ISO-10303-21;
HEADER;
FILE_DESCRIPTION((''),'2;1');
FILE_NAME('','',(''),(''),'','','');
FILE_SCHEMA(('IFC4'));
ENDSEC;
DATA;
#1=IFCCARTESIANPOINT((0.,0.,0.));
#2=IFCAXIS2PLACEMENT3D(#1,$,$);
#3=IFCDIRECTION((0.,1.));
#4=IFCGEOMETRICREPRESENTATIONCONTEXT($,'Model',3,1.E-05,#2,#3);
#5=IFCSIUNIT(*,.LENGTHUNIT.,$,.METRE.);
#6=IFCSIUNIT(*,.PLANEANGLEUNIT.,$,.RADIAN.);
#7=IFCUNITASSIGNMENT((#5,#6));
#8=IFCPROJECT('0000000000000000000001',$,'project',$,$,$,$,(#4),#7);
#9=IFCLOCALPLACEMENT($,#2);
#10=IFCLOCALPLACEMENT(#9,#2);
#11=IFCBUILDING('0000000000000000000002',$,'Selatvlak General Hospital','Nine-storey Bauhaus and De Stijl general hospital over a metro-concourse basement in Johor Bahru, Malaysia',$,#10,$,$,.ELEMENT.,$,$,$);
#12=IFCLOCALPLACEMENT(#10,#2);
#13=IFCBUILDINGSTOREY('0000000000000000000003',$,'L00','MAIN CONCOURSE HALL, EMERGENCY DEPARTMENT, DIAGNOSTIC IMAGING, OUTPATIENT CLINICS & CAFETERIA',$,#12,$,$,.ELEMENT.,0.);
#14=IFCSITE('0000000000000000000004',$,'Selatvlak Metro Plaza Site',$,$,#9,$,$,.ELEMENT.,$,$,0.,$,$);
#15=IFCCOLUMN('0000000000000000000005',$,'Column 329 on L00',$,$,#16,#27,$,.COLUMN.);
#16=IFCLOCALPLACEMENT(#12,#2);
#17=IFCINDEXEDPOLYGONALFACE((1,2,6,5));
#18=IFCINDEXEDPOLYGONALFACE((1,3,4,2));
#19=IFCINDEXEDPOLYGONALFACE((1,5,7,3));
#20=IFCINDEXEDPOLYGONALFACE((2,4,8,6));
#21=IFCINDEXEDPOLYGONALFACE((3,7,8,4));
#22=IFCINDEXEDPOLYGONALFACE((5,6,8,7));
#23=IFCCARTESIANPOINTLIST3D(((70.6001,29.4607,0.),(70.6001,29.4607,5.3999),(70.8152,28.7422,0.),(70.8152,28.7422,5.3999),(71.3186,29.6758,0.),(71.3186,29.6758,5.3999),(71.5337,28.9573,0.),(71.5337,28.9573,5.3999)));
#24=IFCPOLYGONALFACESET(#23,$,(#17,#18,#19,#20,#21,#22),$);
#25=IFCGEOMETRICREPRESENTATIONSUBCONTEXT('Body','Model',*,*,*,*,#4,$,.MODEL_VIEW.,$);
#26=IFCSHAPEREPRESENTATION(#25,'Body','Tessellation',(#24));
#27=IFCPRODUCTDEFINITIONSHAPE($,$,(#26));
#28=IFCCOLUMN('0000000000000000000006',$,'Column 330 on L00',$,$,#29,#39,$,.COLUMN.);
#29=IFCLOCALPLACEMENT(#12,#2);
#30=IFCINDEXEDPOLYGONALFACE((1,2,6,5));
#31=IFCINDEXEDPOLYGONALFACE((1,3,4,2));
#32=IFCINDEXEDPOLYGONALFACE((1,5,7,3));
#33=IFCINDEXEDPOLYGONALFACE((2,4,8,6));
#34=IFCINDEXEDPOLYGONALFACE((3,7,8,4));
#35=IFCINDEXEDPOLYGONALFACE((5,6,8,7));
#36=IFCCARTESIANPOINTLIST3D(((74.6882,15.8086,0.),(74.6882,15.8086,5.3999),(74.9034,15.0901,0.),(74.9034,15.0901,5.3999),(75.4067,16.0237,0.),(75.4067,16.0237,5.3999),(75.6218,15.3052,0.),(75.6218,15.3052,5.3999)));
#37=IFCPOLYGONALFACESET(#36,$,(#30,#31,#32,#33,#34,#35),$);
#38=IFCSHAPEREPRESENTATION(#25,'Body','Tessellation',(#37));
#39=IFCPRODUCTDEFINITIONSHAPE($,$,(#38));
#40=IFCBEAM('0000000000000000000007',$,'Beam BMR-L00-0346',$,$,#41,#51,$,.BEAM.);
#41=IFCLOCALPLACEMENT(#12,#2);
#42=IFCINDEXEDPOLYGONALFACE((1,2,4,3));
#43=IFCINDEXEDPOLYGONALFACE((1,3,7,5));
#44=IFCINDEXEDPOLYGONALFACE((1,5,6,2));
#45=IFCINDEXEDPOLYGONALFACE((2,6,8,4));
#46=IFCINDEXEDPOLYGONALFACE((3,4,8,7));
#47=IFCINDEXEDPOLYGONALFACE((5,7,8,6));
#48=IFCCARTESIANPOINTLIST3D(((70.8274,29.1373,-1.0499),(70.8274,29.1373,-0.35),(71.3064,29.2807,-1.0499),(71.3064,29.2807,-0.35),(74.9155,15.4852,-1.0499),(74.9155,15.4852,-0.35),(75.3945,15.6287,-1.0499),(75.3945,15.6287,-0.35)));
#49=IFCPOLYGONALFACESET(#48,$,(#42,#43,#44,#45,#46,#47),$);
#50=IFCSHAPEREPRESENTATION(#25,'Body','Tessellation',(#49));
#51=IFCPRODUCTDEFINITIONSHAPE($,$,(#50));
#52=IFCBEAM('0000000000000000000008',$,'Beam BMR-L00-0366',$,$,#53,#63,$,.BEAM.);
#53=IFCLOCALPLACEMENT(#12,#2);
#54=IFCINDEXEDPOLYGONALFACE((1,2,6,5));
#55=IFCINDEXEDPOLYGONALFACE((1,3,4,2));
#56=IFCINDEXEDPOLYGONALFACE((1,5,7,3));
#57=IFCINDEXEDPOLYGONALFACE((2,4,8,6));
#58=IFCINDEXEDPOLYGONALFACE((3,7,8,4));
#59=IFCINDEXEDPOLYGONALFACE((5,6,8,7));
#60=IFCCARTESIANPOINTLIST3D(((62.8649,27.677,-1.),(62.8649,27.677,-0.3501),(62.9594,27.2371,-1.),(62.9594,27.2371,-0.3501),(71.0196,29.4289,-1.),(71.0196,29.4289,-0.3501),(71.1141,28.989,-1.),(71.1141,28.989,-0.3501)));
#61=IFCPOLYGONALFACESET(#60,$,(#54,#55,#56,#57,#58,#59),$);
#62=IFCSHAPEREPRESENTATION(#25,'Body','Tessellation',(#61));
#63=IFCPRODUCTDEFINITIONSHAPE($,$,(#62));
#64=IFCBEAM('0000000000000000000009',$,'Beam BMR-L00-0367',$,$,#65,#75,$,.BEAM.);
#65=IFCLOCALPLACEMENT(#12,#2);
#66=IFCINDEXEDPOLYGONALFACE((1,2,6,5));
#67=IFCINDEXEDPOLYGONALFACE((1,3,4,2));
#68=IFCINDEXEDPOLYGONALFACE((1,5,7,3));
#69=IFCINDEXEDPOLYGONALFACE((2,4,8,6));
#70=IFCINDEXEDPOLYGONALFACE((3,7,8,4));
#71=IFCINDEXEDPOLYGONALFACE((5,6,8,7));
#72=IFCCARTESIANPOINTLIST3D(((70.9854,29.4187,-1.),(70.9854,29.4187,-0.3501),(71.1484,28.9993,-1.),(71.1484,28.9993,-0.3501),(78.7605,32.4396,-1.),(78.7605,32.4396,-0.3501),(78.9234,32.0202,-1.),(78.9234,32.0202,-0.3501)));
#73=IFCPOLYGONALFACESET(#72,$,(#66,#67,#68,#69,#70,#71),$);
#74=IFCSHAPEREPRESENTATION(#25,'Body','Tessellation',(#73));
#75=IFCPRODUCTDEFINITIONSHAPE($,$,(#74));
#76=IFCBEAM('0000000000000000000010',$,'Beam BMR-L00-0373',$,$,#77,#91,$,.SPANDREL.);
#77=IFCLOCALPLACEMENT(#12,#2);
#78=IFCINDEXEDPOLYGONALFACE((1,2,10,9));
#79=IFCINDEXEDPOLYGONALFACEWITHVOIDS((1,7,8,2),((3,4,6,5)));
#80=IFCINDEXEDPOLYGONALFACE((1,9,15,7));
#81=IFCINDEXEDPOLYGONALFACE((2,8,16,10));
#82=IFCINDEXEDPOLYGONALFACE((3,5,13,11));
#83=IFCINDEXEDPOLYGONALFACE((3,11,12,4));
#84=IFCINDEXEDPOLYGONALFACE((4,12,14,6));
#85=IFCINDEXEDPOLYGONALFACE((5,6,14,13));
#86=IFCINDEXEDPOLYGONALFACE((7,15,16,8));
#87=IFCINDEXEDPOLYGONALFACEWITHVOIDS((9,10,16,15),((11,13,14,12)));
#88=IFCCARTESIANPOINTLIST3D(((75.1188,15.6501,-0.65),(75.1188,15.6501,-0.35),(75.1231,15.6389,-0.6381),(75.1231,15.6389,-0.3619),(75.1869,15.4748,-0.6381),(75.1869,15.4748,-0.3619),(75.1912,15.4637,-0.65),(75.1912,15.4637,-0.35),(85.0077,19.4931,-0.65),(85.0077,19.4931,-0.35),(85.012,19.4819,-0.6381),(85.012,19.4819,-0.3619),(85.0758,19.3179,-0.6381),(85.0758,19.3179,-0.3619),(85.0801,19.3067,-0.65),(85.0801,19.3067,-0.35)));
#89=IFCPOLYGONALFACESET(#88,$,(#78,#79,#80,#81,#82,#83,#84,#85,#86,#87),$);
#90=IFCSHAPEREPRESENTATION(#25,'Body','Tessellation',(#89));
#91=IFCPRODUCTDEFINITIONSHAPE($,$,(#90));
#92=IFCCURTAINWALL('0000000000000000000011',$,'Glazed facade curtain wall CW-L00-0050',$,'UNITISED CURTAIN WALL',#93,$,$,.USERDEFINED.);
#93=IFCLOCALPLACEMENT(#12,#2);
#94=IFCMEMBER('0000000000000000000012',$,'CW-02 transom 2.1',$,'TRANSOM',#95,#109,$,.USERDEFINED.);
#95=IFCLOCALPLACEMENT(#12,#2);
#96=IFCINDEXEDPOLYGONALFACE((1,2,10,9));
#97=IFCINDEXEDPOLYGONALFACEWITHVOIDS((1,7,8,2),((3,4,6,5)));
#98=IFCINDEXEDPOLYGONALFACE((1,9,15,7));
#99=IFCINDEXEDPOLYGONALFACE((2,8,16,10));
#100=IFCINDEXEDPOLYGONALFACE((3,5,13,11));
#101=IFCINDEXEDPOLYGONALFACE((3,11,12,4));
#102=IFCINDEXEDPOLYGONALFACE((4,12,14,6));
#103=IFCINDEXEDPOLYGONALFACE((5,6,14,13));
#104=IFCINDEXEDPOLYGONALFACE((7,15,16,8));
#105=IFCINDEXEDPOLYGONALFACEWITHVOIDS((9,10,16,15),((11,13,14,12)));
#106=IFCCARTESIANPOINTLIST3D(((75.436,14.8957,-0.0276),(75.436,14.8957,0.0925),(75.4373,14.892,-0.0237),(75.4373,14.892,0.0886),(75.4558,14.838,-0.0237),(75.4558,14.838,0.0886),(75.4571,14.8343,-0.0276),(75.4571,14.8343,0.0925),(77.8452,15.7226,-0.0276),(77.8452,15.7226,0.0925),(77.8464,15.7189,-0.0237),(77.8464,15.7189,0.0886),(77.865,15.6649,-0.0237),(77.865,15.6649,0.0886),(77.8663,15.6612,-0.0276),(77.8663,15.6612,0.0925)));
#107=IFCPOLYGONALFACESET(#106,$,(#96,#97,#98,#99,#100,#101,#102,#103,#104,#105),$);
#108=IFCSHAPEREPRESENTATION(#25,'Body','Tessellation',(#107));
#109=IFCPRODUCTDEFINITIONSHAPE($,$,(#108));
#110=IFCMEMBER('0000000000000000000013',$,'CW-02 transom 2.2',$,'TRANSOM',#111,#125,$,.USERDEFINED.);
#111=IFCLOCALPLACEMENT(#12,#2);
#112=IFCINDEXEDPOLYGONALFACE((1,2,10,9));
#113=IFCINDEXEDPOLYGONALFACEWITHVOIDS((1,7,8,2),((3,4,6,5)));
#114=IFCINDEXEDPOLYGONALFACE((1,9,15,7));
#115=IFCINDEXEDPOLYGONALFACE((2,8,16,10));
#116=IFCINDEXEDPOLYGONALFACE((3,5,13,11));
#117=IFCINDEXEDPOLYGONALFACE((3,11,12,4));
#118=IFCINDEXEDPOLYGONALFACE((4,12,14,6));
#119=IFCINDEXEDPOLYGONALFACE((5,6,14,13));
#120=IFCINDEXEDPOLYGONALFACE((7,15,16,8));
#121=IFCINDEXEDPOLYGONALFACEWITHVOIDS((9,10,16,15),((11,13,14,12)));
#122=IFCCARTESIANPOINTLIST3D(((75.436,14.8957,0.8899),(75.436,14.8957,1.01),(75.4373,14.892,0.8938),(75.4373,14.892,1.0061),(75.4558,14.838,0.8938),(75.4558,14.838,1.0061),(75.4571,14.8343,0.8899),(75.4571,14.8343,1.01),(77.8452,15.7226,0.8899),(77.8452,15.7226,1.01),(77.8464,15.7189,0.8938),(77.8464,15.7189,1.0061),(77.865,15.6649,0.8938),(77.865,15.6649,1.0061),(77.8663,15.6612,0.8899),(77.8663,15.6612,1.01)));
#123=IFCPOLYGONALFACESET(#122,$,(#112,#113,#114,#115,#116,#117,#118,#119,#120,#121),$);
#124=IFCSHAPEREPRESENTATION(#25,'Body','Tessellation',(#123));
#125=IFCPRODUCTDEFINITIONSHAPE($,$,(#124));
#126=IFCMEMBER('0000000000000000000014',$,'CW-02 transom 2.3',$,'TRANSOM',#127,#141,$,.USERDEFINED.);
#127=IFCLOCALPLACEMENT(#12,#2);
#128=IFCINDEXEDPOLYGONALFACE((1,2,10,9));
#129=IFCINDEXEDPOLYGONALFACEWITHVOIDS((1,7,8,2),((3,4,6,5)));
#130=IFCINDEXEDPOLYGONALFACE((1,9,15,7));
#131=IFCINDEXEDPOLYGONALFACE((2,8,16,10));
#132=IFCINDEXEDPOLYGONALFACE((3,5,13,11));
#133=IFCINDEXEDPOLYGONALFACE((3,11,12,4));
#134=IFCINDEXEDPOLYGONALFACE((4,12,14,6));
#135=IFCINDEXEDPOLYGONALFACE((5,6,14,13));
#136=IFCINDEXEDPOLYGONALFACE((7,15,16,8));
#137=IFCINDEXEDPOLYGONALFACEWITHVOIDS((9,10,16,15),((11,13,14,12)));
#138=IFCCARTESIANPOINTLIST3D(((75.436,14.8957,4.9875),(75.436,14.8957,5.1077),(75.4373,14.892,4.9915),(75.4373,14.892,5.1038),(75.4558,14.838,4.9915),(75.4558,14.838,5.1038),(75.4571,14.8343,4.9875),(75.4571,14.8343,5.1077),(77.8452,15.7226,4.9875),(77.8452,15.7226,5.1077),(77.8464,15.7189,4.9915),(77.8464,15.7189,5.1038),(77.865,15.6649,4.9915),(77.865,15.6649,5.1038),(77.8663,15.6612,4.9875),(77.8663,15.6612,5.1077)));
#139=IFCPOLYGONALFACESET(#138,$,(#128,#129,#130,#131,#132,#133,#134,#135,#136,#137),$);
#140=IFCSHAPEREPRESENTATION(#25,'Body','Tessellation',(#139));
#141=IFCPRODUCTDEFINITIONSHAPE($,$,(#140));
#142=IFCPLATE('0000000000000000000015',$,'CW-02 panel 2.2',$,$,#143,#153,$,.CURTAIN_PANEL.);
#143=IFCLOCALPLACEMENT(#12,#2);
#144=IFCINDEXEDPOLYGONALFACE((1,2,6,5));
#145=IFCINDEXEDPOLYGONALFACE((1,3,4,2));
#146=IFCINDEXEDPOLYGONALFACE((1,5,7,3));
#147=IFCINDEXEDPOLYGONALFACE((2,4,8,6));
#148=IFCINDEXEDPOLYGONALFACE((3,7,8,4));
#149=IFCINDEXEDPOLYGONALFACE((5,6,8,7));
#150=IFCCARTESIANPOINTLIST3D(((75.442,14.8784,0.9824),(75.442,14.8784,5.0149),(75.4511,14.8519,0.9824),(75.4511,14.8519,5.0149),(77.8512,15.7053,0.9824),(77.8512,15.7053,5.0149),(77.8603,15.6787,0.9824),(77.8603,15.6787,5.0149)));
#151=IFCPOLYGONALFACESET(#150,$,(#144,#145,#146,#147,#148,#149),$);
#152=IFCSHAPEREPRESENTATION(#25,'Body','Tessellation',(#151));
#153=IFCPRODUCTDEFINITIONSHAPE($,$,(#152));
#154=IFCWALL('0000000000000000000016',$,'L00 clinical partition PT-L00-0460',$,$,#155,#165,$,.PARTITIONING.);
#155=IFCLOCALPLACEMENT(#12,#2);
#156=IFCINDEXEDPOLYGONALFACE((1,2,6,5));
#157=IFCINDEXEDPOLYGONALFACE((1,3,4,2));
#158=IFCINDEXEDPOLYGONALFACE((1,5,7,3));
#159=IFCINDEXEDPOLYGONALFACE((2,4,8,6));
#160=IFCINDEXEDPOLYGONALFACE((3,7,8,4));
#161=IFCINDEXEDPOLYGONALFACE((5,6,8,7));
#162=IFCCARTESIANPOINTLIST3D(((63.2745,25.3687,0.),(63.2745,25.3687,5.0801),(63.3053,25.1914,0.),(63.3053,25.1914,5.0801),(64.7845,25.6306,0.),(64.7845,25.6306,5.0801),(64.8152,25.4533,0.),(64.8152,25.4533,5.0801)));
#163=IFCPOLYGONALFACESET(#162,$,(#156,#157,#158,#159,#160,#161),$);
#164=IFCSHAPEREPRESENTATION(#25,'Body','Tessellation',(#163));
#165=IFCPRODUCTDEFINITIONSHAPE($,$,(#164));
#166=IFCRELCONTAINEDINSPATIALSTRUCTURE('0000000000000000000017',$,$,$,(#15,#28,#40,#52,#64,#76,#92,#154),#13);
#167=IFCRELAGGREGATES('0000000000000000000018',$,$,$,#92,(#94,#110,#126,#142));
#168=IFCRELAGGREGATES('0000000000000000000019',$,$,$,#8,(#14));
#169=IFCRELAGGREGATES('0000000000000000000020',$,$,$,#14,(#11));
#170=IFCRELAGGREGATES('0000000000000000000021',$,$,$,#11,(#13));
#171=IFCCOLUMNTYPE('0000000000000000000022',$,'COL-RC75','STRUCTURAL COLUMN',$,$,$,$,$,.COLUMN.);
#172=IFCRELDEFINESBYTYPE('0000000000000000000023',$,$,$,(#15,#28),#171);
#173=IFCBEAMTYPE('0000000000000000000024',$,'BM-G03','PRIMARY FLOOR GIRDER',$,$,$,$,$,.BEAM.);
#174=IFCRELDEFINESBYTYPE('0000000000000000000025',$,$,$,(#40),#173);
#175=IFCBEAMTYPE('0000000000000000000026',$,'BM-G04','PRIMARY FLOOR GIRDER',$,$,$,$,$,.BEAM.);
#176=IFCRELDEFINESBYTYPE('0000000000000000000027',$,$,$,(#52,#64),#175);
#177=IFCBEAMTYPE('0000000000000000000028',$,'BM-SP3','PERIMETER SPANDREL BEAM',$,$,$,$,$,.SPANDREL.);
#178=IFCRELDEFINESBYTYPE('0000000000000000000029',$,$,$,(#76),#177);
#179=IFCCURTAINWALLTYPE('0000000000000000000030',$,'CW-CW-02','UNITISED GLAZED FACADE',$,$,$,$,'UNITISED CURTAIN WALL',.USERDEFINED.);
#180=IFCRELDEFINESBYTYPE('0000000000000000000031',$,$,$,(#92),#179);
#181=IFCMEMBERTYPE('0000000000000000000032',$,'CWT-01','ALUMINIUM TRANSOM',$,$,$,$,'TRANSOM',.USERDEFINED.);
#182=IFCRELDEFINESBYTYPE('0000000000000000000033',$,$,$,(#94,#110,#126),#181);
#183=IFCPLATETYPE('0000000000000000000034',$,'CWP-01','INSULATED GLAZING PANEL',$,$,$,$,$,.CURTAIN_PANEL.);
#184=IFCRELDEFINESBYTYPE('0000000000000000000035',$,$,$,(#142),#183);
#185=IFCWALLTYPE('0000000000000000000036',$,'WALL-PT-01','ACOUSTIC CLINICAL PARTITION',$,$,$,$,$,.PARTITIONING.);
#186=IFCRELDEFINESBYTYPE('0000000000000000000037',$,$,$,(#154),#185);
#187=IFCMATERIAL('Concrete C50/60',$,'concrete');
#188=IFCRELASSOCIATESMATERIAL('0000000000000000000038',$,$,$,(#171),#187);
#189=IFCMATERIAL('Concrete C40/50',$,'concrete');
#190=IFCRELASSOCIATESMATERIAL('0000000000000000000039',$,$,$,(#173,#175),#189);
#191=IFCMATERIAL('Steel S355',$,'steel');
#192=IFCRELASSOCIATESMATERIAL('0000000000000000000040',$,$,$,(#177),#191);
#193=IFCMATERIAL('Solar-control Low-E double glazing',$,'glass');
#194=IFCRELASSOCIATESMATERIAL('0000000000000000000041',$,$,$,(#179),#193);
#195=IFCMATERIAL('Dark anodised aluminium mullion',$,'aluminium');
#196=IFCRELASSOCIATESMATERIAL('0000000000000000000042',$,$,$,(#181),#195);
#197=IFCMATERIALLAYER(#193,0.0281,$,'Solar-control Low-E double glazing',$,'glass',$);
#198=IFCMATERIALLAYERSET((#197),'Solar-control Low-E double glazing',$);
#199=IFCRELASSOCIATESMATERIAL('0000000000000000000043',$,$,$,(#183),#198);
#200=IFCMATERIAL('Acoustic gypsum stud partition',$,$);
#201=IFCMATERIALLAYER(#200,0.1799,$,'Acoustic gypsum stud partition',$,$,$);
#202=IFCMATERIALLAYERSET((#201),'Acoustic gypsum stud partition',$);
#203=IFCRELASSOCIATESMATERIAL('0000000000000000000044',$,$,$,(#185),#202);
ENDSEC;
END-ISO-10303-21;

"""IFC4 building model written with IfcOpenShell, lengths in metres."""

from ifc_helpers import new_model, si_unit, direction, frame, frame_2d, origin, origin_2d, place, context, subcontext, project, spatial, rectangle, hollow_rectangle, extrude, material, layer, layer_set, material_profile, profile_set, type_object, element, aggregate, save


model = new_model("IFC4")

# Units and contexts
model_context = context("Model", 3, precision=1e-05, world=origin(), true_north=direction((0.0, 1.0)))
body_context = subcontext(model_context, "Body", "Model", "MODEL_VIEW")
ifc_project = project(units=[si_unit("LENGTHUNIT", "METRE"), si_unit("PLANEANGLEUNIT", "RADIAN")], contexts=[model_context])

# Site, building, storey
site_placement = place(None, origin())
site = spatial("IfcSite", under=ifc_project, at=site_placement, Name="Selatvlak Metro Plaza Site", CompositionType="ELEMENT", RefElevation=0.0)
building_placement = place(site_placement, origin())
building = spatial("IfcBuilding", under=site, at=building_placement, Name="Selatvlak General Hospital", Description="Nine-storey Bauhaus and De Stijl general hospital over a metro-concourse basement in Johor Bahru, Malaysia", CompositionType="ELEMENT")
storey_placement = place(building_placement, origin())
storey = spatial("IfcBuildingStorey", under=building, at=storey_placement, Name="L00", Description="MAIN CONCOURSE HALL, EMERGENCY DEPARTMENT, DIAGNOSTIC IMAGING, OUTPATIENT CLINICS & CAFETERIA", CompositionType="ELEMENT", Elevation=0.0)

# Columns
ifc_material_1 = material(Name="Concrete C50/60", Category="concrete")
ifc_material_profile_1 = material_profile(ifc_material_1, rectangle(XDim=0.75, YDim=0.75, at=origin_2d()), Name="RC-COL 750x750")
ifc_profile_set_1 = profile_set([ifc_material_profile_1], Name="Concrete C50/60")
column_type = type_object("IfcColumnType", Name="COL-RC75", Description="STRUCTURAL COLUMN", PredefinedType="COLUMN", material=ifc_profile_set_1)
for number, where, z_axis, x_axis, name in (
    (1, (71.0669, 29.209, 0.0), (0.0, 0.0, 1.0), (-0.286859, 0.957973, 0.0), "Column 329 on L00"),
    (2, (75.155, 15.5569, 0.0), (0.0, 0.0, 1.0), (-0.286859, 0.957973, 0.0), "Column 330 on L00"),
):
    element("IfcColumn", number, at=place(storey_placement, frame(where, z_axis=z_axis, x_axis=x_axis)), inside=storey, type_object=column_type, Name=name, PredefinedType="COLUMN", context=body_context, shape_type="SweptSolid", body=[
        extrude(rectangle(XDim=0.75, YDim=0.75, at=origin_2d()), origin(), (0.0, 0.0, 1.0), 5.3999),
    ])

# Beams
ifc_material_2 = material(Name="Concrete C40/50", Category="concrete")
ifc_material_profile_2 = material_profile(ifc_material_2, rectangle(XDim=0.5, YDim=0.7, at=origin_2d()), Name="RC-BM 500x700")
ifc_profile_set_2 = profile_set([ifc_material_profile_2], Name="Concrete C40/50")
beam_type_1 = type_object("IfcBeamType", Name="BM-G03", Description="PRIMARY FLOOR GIRDER", PredefinedType="BEAM", material=ifc_profile_set_2)
beam_1_placement = place(storey_placement, frame((71.0669, 29.209, -0.7), z_axis=(0.286865, -0.957971, 0.0), x_axis=(0.957971, 0.286865, 0.0)))
element("IfcBeam", 3, at=beam_1_placement, inside=storey, type_object=beam_type_1, Name="Beam BMR-L00-0346", PredefinedType="BEAM", context=body_context, shape_type="SweptSolid", body=[
    extrude(rectangle(XDim=0.5, YDim=0.7, at=origin_2d()), origin(), (0.0, 0.0, 1.0), 14.251),
])
ifc_material_profile_3 = material_profile(ifc_material_2, rectangle(XDim=0.45, YDim=0.6499, at=origin_2d()), Name="RC-BM 450x650")
ifc_profile_set_3 = profile_set([ifc_material_profile_3], Name="Concrete C40/50")
beam_type_2 = type_object("IfcBeamType", Name="BM-G04", Description="PRIMARY FLOOR GIRDER", PredefinedType="BEAM", material=ifc_profile_set_3)
beam_2_placement = place(storey_placement, frame((62.9121, 27.457, -0.675), z_axis=(0.977692, 0.210045, 0.0), x_axis=(-0.210045, 0.977692, 0.0)))
element("IfcBeam", 4, at=beam_2_placement, inside=storey, type_object=beam_type_2, Name="Beam BMR-L00-0366", PredefinedType="BEAM", context=body_context, shape_type="SweptSolid", body=[
    extrude(rectangle(XDim=0.45, YDim=0.6499, at=origin_2d()), origin(), (0.0, 0.0, 1.0), 8.3408),
])
beam_3_placement = place(storey_placement, frame((71.0669, 29.209, -0.675), z_axis=(0.932113, 0.362168, 0.0), x_axis=(-0.362168, 0.932113, 0.0)))
element("IfcBeam", 5, at=beam_3_placement, inside=storey, type_object=beam_type_2, Name="Beam BMR-L00-0367", PredefinedType="BEAM", context=body_context, shape_type="SweptSolid", body=[
    extrude(rectangle(XDim=0.45, YDim=0.6499, at=origin_2d()), origin(), (0.0, 0.0, 1.0), 8.3413),
])
ifc_material_3 = material(Name="Steel S355", Category="steel")
ifc_material_profile_4 = material_profile(ifc_material_3, hollow_rectangle(XDim=0.2, YDim=0.3, WallThickness=0.012, at=origin_2d()), Name="RHS 300x200x12")
ifc_profile_set_4 = profile_set([ifc_material_profile_4], Name="Steel S355")
beam_type_3 = type_object("IfcBeamType", Name="BM-SP3", Description="PERIMETER SPANDREL BEAM", PredefinedType="SPANDREL", material=ifc_profile_set_4)
beam_4_placement = place(storey_placement, frame((75.155, 15.5569, -0.5), z_axis=(0.93209, 0.362227, 0.0), x_axis=(-0.362227, 0.93209, 0.0)))
element("IfcBeam", 6, at=beam_4_placement, inside=storey, type_object=beam_type_3, Name="Beam BMR-L00-0373", PredefinedType="SPANDREL", context=body_context, shape_type="SweptSolid", body=[
    extrude(hollow_rectangle(XDim=0.2, YDim=0.3, WallThickness=0.012, at=origin_2d()), origin(), (0.0, 0.0, 1.0), 10.6094),
])

# Curtain wall, members, plate
ifc_material_4 = material(Name="Solar-control Low-E double glazing", Category="glass")
curtain_wall_type = type_object("IfcCurtainWallType", Name="CW-CW-02", Description="UNITISED GLAZED FACADE", ElementType="UNITISED CURTAIN WALL", PredefinedType="USERDEFINED", material=ifc_material_4)
curtain_wall_placement = place(storey_placement, origin())
curtain_wall = element("IfcCurtainWall", 7, at=curtain_wall_placement, inside=storey, type_object=curtain_wall_type, Name="Glazed facade curtain wall CW-L00-0050", ObjectType="UNITISED CURTAIN WALL", PredefinedType="USERDEFINED")
ifc_material_5 = material(Name="Dark anodised aluminium mullion", Category="aluminium")
ifc_material_profile_5 = material_profile(ifc_material_5, hollow_rectangle(XDim=0.0649, YDim=0.1201, WallThickness=0.0039, at=origin_2d()), Name="AL-TRN 65x120x4")
ifc_profile_set_5 = profile_set([ifc_material_profile_5], Name="Dark anodised aluminium mullion")
member_type = type_object("IfcMemberType", Name="CWT-01", Description="ALUMINIUM TRANSOM", ElementType="TRANSOM", PredefinedType="USERDEFINED", material=ifc_profile_set_5)
member_1_placement = place(storey_placement, frame((77.8557, 15.6919, 0.0325), z_axis=(-0.945838, -0.32464, 0.0), x_axis=(0.32464, -0.945838, 0.0)))
member_1 = element("IfcMember", 8, at=member_1_placement, type_object=member_type, Name="CW-02 transom 2.1", ObjectType="TRANSOM", PredefinedType="USERDEFINED", context=body_context, shape_type="SweptSolid", body=[
    extrude(hollow_rectangle(XDim=0.0649, YDim=0.1201, WallThickness=0.0039, at=origin_2d()), origin(), (0.0, 0.0, 1.0), 2.5471),
])
member_2_placement = place(storey_placement, frame((77.8557, 15.6919, 0.95), z_axis=(-0.945838, -0.32464, 0.0), x_axis=(0.32464, -0.945838, 0.0)))
member_2 = element("IfcMember", 9, at=member_2_placement, type_object=member_type, Name="CW-02 transom 2.2", ObjectType="TRANSOM", PredefinedType="USERDEFINED", context=body_context, shape_type="SweptSolid", body=[
    extrude(hollow_rectangle(XDim=0.0649, YDim=0.1201, WallThickness=0.0039, at=origin_2d()), origin(), (0.0, 0.0, 1.0), 2.5471),
])
member_3_placement = place(storey_placement, frame((77.8557, 15.6919, 5.0476), z_axis=(-0.945838, -0.32464, 0.0), x_axis=(0.32464, -0.945838, 0.0)))
member_3 = element("IfcMember", 10, at=member_3_placement, type_object=member_type, Name="CW-02 transom 2.3", ObjectType="TRANSOM", PredefinedType="USERDEFINED", context=body_context, shape_type="SweptSolid", body=[
    extrude(hollow_rectangle(XDim=0.0649, YDim=0.1201, WallThickness=0.0039, at=origin_2d()), origin(), (0.0, 0.0, 1.0), 2.5471),
])
ifc_layer_1 = layer(ifc_material_4, 0.0281, Name="Solar-control Low-E double glazing", Category="glass")
ifc_layer_set_1 = layer_set([ifc_layer_1], Name="Solar-control Low-E double glazing")
plate_type = type_object("IfcPlateType", Name="CWP-01", Description="INSULATED GLAZING PANEL", PredefinedType="CURTAIN_PANEL", material=ifc_layer_set_1)
plate_placement = place(storey_placement, frame((76.6511, 15.2786, 0.9824), z_axis=(0.0, 0.0, 1.0), x_axis=(-0.945848, -0.324609, 0.0)))
plate = element("IfcPlate", 11, at=plate_placement, type_object=plate_type, Name="CW-02 panel 2.2", PredefinedType="CURTAIN_PANEL", context=body_context, shape_type="SweptSolid", body=[
    extrude(rectangle(XDim=2.5471, YDim=0.0281, at=origin_2d()), origin(), (0.0, 0.0, 1.0), 4.0325),
])
aggregate(curtain_wall, [member_1, member_2, member_3, plate])

# Wall
ifc_material_6 = material(Name="Acoustic gypsum stud partition")
ifc_layer_2 = layer(ifc_material_6, 0.1799, Name="Acoustic gypsum stud partition")
ifc_layer_set_2 = layer_set([ifc_layer_2], Name="Acoustic gypsum stud partition")
wall_type_1 = type_object("IfcWallType", Name="WALL-PT-01", Description="ACOUSTIC CLINICAL PARTITION", PredefinedType="PARTITIONING", material=ifc_layer_set_2)
wall_1_placement = place(storey_placement, frame((63.29, 25.28, 0.0), z_axis=(0.0, 0.0, 1.0), x_axis=(0.985283, 0.170931, 0.0)))
element("IfcWall", 12, at=wall_1_placement, inside=storey, type_object=wall_type_1, Name="L00 clinical partition PT-L00-0460", PredefinedType="PARTITIONING", context=body_context, shape_type="SweptSolid", body=[
    extrude(rectangle(XDim=1.5325, YDim=0.1799, at=frame_2d((0.7661, 0.0))), origin(), (0.0, 0.0, 1.0), 5.0801),
])

save(model, "model.ifc")
